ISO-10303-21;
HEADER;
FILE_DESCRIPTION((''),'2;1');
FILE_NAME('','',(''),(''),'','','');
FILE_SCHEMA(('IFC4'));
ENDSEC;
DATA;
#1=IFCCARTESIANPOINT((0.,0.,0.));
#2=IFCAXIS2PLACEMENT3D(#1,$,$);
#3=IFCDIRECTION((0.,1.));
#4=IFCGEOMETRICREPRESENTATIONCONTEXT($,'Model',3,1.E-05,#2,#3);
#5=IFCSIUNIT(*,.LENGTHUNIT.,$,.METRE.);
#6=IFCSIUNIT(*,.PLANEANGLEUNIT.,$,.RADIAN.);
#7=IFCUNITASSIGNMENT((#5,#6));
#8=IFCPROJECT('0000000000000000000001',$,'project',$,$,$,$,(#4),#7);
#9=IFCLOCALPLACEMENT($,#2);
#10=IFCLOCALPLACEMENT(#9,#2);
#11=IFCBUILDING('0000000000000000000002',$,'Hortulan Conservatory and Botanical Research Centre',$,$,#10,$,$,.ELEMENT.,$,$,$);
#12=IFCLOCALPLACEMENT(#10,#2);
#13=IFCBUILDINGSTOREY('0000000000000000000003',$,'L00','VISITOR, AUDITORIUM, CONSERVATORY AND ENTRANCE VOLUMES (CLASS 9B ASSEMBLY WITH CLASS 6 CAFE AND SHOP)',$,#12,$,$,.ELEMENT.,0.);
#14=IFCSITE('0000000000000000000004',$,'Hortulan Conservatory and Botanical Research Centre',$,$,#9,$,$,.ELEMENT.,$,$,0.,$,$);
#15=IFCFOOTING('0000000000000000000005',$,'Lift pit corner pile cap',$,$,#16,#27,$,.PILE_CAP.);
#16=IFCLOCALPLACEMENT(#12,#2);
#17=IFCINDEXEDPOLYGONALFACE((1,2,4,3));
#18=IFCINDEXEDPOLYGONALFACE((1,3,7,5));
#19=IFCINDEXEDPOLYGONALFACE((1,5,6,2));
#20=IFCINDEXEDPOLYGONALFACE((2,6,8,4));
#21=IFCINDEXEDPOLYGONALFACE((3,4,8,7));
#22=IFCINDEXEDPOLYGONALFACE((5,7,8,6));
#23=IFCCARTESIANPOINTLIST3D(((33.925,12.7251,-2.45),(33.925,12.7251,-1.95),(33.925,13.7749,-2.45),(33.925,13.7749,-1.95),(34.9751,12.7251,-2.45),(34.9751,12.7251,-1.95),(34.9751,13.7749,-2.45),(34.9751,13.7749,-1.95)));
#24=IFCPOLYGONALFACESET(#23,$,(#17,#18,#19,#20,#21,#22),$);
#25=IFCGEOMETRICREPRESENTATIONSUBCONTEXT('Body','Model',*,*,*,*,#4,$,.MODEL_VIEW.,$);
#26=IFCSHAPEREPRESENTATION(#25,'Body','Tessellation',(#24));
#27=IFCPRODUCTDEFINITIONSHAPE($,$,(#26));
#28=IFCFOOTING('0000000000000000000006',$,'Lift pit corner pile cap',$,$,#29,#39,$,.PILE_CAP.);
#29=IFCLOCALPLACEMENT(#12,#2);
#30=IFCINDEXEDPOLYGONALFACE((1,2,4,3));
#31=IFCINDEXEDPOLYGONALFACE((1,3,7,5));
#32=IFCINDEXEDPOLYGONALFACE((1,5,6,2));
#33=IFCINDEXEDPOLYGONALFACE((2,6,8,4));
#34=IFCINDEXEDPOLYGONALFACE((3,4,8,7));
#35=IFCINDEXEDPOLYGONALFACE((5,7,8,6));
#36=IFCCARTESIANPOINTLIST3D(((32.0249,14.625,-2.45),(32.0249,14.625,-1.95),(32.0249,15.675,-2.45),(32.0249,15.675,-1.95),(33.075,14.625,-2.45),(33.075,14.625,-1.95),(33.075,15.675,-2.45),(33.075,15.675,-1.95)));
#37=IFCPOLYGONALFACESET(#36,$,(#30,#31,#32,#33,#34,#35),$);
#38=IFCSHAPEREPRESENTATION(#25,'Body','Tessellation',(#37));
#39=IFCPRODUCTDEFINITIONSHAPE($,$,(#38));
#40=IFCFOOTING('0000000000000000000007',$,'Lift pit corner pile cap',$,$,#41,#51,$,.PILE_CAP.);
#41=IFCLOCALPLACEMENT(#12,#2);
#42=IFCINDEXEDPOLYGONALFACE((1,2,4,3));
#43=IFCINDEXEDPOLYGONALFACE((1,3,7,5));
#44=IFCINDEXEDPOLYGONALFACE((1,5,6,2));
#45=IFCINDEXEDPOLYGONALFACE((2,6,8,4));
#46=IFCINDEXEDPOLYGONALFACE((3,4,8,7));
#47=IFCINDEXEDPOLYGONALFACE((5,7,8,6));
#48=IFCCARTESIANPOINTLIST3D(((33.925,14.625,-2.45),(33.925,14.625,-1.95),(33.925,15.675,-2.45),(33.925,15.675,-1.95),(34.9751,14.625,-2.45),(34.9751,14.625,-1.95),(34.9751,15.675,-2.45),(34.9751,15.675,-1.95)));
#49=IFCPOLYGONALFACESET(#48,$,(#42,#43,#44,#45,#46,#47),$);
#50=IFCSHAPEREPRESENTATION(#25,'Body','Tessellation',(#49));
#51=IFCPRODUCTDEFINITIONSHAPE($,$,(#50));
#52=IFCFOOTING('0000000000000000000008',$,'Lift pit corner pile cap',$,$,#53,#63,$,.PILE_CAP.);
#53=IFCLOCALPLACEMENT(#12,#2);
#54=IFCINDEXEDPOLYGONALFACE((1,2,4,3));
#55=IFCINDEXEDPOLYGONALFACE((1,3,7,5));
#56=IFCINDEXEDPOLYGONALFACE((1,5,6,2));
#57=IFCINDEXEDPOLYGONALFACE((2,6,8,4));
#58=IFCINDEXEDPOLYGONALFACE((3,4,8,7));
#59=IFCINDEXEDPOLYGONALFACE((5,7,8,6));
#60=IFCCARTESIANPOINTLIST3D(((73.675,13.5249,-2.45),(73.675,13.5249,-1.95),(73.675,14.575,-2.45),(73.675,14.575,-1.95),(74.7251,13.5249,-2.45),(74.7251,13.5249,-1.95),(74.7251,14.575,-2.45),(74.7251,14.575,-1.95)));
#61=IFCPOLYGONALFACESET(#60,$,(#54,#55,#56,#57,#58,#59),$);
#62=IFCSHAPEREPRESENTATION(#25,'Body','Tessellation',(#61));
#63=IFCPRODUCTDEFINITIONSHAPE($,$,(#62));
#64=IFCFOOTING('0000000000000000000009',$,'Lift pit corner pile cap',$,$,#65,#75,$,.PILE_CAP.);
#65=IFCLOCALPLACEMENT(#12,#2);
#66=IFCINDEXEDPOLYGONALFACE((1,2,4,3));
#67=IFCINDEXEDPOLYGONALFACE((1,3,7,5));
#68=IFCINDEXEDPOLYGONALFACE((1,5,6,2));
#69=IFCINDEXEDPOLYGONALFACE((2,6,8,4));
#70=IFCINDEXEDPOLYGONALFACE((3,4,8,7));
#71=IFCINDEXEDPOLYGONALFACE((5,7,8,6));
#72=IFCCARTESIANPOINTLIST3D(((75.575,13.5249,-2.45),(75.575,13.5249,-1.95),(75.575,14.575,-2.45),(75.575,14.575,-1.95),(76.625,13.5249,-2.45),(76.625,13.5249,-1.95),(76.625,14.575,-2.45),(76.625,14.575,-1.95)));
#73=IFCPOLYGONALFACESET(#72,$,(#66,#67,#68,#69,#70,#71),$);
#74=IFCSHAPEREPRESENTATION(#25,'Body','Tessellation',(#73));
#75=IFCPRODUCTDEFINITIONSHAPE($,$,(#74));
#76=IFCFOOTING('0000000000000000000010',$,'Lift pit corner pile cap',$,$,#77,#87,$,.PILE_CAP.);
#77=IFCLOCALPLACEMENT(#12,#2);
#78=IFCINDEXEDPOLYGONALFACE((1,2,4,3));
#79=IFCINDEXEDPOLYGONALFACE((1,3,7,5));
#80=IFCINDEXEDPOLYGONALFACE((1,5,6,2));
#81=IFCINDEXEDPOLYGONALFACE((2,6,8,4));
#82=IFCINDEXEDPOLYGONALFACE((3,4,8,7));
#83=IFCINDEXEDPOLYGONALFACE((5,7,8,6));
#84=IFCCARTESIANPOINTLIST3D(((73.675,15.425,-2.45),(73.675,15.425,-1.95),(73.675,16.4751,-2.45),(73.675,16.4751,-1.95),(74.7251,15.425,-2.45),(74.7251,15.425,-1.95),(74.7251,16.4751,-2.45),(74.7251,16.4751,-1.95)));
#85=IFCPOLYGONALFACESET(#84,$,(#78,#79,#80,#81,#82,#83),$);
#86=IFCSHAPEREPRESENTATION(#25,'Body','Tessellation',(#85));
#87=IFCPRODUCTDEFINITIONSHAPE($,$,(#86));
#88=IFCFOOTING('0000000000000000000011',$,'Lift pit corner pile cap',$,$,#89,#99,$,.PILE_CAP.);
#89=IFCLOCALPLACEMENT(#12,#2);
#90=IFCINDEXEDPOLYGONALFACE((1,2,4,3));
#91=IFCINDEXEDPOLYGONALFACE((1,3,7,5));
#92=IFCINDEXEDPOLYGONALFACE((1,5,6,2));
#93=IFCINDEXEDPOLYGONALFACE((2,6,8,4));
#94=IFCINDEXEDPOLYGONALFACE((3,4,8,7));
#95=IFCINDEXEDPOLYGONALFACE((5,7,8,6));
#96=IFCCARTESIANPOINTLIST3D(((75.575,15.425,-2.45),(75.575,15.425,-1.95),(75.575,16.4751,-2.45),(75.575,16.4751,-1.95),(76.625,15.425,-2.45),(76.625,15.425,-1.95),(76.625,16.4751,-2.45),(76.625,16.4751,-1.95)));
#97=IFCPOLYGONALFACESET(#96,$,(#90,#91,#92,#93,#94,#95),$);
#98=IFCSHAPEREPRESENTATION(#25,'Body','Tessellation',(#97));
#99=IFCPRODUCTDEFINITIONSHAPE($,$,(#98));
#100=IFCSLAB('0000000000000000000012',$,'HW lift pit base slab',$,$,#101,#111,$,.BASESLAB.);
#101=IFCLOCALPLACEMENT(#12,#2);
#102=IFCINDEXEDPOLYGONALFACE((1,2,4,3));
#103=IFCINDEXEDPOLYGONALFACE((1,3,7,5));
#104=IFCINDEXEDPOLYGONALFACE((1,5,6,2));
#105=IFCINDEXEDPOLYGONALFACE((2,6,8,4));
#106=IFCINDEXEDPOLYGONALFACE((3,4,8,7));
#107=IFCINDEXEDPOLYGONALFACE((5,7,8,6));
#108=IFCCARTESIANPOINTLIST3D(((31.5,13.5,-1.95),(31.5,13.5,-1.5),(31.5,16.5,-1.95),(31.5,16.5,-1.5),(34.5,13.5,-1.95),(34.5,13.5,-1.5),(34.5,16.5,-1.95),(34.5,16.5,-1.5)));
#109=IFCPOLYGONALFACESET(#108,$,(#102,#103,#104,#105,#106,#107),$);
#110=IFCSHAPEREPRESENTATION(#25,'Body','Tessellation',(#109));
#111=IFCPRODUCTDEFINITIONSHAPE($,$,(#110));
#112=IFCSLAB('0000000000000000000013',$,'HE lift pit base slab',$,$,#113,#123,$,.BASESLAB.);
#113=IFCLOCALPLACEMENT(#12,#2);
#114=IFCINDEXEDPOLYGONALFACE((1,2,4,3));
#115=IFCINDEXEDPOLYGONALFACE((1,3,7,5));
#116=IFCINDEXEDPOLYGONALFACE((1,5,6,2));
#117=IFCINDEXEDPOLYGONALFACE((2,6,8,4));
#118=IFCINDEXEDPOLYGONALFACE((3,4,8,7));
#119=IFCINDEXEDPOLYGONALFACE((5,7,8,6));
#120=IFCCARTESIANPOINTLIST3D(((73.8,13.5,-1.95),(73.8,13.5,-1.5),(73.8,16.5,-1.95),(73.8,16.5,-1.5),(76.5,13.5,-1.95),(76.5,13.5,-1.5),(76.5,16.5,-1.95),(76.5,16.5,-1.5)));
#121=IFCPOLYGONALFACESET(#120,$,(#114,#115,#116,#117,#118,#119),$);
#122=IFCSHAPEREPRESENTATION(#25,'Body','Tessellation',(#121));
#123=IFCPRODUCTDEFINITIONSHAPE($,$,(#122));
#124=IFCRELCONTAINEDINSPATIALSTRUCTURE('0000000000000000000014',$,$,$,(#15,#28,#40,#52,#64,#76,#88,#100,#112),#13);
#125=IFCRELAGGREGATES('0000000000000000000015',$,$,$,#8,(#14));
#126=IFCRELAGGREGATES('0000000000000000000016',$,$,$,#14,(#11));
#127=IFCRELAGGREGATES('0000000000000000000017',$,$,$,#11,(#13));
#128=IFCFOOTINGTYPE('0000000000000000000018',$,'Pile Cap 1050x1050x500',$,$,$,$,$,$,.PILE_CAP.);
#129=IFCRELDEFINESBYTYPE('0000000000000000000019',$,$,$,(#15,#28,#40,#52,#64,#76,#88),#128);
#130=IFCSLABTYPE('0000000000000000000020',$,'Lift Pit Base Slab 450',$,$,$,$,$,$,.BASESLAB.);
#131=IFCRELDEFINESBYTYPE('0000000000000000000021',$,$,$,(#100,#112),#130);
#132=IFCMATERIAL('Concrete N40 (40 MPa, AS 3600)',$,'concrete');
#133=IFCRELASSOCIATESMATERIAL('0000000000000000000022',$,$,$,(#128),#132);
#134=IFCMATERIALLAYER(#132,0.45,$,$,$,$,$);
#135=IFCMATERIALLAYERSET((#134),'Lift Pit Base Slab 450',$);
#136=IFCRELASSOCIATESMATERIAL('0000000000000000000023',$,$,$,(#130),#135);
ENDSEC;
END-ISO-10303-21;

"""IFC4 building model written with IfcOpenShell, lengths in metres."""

from ifc_helpers import new_model, si_unit, direction, frame, origin, place, context, subcontext, project, spatial, polyline, outline, extrude, material, layer, layer_set, type_object, element, save


model = new_model("IFC4")

# Units and contexts
model_context = context("Model", 3, precision=1e-05, world=origin(), true_north=direction((0.0, 1.0)))
body_context = subcontext(model_context, "Body", "Model", "MODEL_VIEW")
ifc_project = project(units=[si_unit("LENGTHUNIT", "METRE"), si_unit("PLANEANGLEUNIT", "RADIAN")], contexts=[model_context])

# Site, building, storey
site_placement = place(None, origin())
site = spatial("IfcSite", under=ifc_project, at=site_placement, Name="Hortulan Conservatory and Botanical Research Centre", CompositionType="ELEMENT", RefElevation=0.0)
building_placement = place(site_placement, origin())
building = spatial("IfcBuilding", under=site, at=building_placement, Name="Hortulan Conservatory and Botanical Research Centre", CompositionType="ELEMENT")
storey_placement = place(building_placement, origin())
storey = spatial("IfcBuildingStorey", under=building, at=storey_placement, Name="L00", Description="VISITOR, AUDITORIUM, CONSERVATORY AND ENTRANCE VOLUMES (CLASS 9B ASSEMBLY WITH CLASS 6 CAFE AND SHOP)", CompositionType="ELEMENT", Elevation=0.0)

# Footings
ifc_material = material(Name="Concrete N40 (40 MPa, AS 3600)", Category="concrete")
footing_type_1 = type_object("IfcFootingType", Name="Pile Cap 1050x1050x500", PredefinedType="PILE_CAP", material=ifc_material)
footing_1_placement = place(storey_placement, frame((0.0, 0.0, -2.45)))
element("IfcFooting", 1, at=footing_1_placement, inside=storey, type_object=footing_type_1, Name="Lift pit corner pile cap", PredefinedType="PILE_CAP", context=body_context, shape_type="SweptSolid", body=[
    extrude(outline(polyline([(33.925, 12.7251), (34.9751, 12.7251), (34.9751, 13.7749), (33.925, 13.7749), (33.925, 12.7251)])), origin(), (0.0, 0.0, 1.0), 0.5),
])
footing_2_placement = place(storey_placement, frame((0.0, 0.0, -2.45)))
element("IfcFooting", 2, at=footing_2_placement, inside=storey, type_object=footing_type_1, Name="Lift pit corner pile cap", PredefinedType="PILE_CAP", context=body_context, shape_type="SweptSolid", body=[
    extrude(outline(polyline([(32.0249, 14.625), (33.075, 14.625), (33.075, 15.675), (32.0249, 15.675), (32.0249, 14.625)])), origin(), (0.0, 0.0, 1.0), 0.5),
])
footing_3_placement = place(storey_placement, frame((0.0, 0.0, -2.45)))
element("IfcFooting", 3, at=footing_3_placement, inside=storey, type_object=footing_type_1, Name="Lift pit corner pile cap", PredefinedType="PILE_CAP", context=body_context, shape_type="SweptSolid", body=[
    extrude(outline(polyline([(33.925, 14.625), (34.9751, 14.625), (34.9751, 15.675), (33.925, 15.675), (33.925, 14.625)])), origin(), (0.0, 0.0, 1.0), 0.5),
])
footing_4_placement = place(storey_placement, frame((0.0, 0.0, -2.45)))
element("IfcFooting", 4, at=footing_4_placement, inside=storey, type_object=footing_type_1, Name="Lift pit corner pile cap", PredefinedType="PILE_CAP", context=body_context, shape_type="SweptSolid", body=[
    extrude(outline(polyline([(73.675, 13.5249), (74.7251, 13.5249), (74.7251, 14.575), (73.675, 14.575), (73.675, 13.5249)])), origin(), (0.0, 0.0, 1.0), 0.5),
])
footing_5_placement = place(storey_placement, frame((0.0, 0.0, -2.45)))
element("IfcFooting", 5, at=footing_5_placement, inside=storey, type_object=footing_type_1, Name="Lift pit corner pile cap", PredefinedType="PILE_CAP", context=body_context, shape_type="SweptSolid", body=[
    extrude(outline(polyline([(75.575, 13.5249), (76.625, 13.5249), (76.625, 14.575), (75.575, 14.575), (75.575, 13.5249)])), origin(), (0.0, 0.0, 1.0), 0.5),
])
footing_6_placement = place(storey_placement, frame((0.0, 0.0, -2.45)))
element("IfcFooting", 6, at=footing_6_placement, inside=storey, type_object=footing_type_1, Name="Lift pit corner pile cap", PredefinedType="PILE_CAP", context=body_context, shape_type="SweptSolid", body=[
    extrude(outline(polyline([(73.675, 15.425), (74.7251, 15.425), (74.7251, 16.4751), (73.675, 16.4751), (73.675, 15.425)])), origin(), (0.0, 0.0, 1.0), 0.5),
])
footing_7_placement = place(storey_placement, frame((0.0, 0.0, -2.45)))
element("IfcFooting", 7, at=footing_7_placement, inside=storey, type_object=footing_type_1, Name="Lift pit corner pile cap", PredefinedType="PILE_CAP", context=body_context, shape_type="SweptSolid", body=[
    extrude(outline(polyline([(75.575, 15.425), (76.625, 15.425), (76.625, 16.4751), (75.575, 16.4751), (75.575, 15.425)])), origin(), (0.0, 0.0, 1.0), 0.5),
])

# Slabs
ifc_layer = layer(ifc_material, 0.45)
ifc_layer_set = layer_set([ifc_layer], Name="Lift Pit Base Slab 450")
slab_type = type_object("IfcSlabType", Name="Lift Pit Base Slab 450", PredefinedType="BASESLAB", material=ifc_layer_set)
slab_1_placement = place(storey_placement, frame((0.0, 0.0, -1.95)))
element("IfcSlab", 8, at=slab_1_placement, inside=storey, type_object=slab_type, Name="HW lift pit base slab", PredefinedType="BASESLAB", context=body_context, shape_type="SweptSolid", body=[
    extrude(outline(polyline([(31.5, 13.5), (34.5, 13.5), (34.5, 16.5), (31.5, 16.5), (31.5, 13.5)])), origin(), (0.0, 0.0, 1.0), 0.45),
])
slab_2_placement = place(storey_placement, frame((0.0, 0.0, -1.95)))
element("IfcSlab", 9, at=slab_2_placement, inside=storey, type_object=slab_type, Name="HE lift pit base slab", PredefinedType="BASESLAB", context=body_context, shape_type="SweptSolid", body=[
    extrude(outline(polyline([(73.8, 13.5), (76.5, 13.5), (76.5, 16.5), (73.8, 16.5), (73.8, 13.5)])), origin(), (0.0, 0.0, 1.0), 0.45),
])

save(model, "model.ifc")
